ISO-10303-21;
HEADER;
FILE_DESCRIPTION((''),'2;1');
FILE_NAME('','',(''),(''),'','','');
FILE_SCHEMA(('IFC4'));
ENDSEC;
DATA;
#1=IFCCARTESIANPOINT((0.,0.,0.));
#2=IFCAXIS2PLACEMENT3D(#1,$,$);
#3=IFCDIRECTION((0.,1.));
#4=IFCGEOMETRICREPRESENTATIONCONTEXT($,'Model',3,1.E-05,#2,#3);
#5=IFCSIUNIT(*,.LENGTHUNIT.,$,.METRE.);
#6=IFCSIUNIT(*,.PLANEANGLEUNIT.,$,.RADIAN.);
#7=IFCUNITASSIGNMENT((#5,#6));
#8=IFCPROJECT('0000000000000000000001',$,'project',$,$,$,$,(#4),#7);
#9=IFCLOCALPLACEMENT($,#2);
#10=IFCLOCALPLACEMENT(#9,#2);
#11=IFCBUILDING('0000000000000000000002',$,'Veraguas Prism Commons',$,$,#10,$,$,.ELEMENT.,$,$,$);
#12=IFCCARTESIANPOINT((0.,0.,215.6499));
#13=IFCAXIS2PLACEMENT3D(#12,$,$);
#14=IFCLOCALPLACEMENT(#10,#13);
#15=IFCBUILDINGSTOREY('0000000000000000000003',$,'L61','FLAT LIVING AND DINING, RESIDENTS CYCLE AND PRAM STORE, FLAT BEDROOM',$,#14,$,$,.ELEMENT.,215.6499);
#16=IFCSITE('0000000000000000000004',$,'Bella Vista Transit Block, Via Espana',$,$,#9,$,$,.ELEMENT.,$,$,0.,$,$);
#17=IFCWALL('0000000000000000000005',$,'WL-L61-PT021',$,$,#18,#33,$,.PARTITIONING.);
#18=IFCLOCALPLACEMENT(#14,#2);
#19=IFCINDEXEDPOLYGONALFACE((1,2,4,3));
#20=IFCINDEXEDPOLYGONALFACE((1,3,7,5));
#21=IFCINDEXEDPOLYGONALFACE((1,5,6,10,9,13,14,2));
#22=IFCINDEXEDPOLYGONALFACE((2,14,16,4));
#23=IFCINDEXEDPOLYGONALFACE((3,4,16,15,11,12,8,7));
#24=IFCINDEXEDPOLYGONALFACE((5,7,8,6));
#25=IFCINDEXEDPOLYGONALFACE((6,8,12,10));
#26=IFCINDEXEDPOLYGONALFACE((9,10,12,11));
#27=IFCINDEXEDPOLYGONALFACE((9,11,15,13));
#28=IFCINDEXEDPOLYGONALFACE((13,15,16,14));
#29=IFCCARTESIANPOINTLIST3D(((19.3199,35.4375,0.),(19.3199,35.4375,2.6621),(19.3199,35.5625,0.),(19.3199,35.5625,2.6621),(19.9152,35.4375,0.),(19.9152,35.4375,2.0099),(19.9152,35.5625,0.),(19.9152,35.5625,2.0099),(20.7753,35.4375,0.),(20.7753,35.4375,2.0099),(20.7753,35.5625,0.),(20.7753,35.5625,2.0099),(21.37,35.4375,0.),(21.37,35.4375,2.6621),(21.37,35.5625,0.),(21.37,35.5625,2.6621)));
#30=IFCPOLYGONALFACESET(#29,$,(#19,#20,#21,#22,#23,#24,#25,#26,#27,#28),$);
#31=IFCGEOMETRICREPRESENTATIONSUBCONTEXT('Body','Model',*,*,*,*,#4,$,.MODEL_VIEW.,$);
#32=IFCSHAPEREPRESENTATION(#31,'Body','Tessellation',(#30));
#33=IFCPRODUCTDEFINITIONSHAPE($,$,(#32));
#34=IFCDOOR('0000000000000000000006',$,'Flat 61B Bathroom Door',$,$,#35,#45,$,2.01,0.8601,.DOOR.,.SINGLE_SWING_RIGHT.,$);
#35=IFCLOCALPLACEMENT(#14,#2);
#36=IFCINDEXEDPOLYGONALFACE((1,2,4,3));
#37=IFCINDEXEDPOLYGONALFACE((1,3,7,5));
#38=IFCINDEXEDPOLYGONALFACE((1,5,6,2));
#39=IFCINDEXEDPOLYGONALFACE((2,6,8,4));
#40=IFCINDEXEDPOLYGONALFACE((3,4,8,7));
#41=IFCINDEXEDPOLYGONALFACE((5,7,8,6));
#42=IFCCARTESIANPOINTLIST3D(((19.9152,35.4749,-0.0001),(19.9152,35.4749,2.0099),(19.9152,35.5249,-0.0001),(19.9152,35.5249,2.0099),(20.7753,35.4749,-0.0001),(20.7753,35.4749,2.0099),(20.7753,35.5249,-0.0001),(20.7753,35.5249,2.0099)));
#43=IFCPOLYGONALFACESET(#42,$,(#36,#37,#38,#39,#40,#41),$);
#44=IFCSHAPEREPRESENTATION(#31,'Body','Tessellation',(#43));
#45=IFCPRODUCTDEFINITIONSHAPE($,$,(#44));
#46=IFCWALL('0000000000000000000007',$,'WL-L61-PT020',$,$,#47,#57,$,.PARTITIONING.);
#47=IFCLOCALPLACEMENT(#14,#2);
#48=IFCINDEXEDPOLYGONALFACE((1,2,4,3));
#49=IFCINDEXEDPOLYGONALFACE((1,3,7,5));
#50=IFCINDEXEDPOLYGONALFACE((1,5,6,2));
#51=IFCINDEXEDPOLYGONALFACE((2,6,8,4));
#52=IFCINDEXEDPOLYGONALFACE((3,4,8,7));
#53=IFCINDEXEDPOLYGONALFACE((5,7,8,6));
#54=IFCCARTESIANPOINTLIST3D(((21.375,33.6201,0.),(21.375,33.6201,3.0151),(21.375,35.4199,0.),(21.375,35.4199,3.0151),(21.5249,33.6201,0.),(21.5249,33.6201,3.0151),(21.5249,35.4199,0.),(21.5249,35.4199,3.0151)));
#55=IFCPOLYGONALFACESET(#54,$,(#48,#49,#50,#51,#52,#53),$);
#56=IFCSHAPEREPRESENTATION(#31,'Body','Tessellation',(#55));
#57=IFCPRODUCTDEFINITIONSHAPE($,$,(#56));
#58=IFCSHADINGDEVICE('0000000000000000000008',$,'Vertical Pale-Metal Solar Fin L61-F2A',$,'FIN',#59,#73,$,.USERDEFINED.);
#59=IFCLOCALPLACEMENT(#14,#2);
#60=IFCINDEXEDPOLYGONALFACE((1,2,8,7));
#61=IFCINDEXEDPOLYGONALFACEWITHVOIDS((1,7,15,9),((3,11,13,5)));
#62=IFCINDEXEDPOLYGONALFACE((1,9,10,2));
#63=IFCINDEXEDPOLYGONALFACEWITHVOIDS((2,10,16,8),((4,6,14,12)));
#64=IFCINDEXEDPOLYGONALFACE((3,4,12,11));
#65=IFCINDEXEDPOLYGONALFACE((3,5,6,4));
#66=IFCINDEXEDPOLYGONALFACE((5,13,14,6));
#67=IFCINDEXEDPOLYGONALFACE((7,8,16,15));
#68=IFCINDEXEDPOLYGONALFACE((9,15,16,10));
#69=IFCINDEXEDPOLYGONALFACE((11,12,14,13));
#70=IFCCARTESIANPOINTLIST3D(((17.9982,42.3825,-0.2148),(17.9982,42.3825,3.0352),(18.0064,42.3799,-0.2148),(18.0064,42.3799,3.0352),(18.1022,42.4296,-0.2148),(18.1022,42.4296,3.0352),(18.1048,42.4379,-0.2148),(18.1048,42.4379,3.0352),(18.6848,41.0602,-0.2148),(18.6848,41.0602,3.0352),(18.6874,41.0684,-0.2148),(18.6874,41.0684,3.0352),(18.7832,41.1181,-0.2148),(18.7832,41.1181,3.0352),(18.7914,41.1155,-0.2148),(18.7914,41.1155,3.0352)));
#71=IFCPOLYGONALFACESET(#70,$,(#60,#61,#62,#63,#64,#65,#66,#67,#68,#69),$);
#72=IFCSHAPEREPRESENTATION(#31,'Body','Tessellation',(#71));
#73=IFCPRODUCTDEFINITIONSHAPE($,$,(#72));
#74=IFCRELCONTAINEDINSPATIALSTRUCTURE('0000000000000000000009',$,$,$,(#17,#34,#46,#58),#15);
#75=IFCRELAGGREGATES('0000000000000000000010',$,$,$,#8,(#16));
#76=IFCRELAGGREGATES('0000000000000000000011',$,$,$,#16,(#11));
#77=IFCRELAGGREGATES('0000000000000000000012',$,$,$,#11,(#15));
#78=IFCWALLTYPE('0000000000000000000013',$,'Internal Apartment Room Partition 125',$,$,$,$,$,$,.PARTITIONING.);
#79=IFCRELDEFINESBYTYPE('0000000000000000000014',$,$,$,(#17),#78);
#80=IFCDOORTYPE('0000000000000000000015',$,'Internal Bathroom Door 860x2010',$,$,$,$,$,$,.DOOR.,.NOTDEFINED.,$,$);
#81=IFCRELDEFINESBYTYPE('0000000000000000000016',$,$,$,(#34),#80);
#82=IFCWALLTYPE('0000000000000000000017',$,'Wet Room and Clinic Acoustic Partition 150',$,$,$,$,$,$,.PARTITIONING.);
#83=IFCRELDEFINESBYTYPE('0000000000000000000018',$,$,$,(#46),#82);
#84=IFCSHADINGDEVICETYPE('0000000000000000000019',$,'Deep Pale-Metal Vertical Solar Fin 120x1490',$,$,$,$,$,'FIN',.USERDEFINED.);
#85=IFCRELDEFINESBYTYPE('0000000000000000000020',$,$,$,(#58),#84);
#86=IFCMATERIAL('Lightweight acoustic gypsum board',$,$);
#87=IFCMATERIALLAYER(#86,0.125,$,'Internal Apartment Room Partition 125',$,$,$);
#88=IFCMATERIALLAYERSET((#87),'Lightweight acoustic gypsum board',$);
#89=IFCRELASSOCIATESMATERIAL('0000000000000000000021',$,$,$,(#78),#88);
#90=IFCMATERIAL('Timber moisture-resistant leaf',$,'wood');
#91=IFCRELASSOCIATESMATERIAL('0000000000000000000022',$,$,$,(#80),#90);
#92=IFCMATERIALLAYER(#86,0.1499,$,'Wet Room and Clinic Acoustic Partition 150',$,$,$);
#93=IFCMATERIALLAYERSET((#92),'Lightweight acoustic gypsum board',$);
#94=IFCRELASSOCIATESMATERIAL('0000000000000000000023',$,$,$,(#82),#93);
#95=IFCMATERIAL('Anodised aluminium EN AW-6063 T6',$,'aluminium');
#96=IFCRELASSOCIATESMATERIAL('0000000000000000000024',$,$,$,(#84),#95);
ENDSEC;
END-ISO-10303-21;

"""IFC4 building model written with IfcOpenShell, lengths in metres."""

from ifc_helpers import new_model, si_unit, direction, frame, frame_2d, origin, origin_2d, place, context, subcontext, project, spatial, rectangle, hollow_rectangle, extrude, source, transform, mapped, material, layer, layer_set, material_profile, profile_set, type_object, element, fill, save


model = new_model("IFC4")

# Units and contexts
model_context = context("Model", 3, precision=1e-05, world=origin(), true_north=direction((0.0, 1.0)))
body_context = subcontext(model_context, "Body", "Model", "MODEL_VIEW")
ifc_project = project(units=[si_unit("LENGTHUNIT", "METRE"), si_unit("PLANEANGLEUNIT", "RADIAN")], contexts=[model_context])

# Site, building, storey
site_placement = place(None, origin())
site = spatial("IfcSite", under=ifc_project, at=site_placement, Name="Bella Vista Transit Block, Via Espana", CompositionType="ELEMENT", RefElevation=0.0)
building_placement = place(site_placement, origin())
building = spatial("IfcBuilding", under=site, at=building_placement, Name="Veraguas Prism Commons", CompositionType="ELEMENT")
storey_placement = place(building_placement, frame((0.0, 0.0, 215.6499)))
storey = spatial("IfcBuildingStorey", under=building, at=storey_placement, Name="L61", Description="FLAT LIVING AND DINING, RESIDENTS CYCLE AND PRAM STORE, FLAT BEDROOM", CompositionType="ELEMENT", Elevation=215.6499)

# Shared definitions
ifc_material_1 = material(Name="Anodised aluminium EN AW-6063 T6", Category="aluminium")

# Wall, opening, door
ifc_material_2 = material(Name="Lightweight acoustic gypsum board")
ifc_layer_1 = layer(ifc_material_2, 0.125, Name="Internal Apartment Room Partition 125")
ifc_layer_set_1 = layer_set([ifc_layer_1], Name="Lightweight acoustic gypsum board")
wall_type_1 = type_object("IfcWallType", Name="Internal Apartment Room Partition 125", PredefinedType="PARTITIONING", material=ifc_layer_set_1)
wall_1_placement = place(storey_placement, frame((19.3201, 35.5, 0.0), z_axis=(0.0, 0.0, 1.0), x_axis=(1.0, 0.0, 0.0)))
wall_1 = element("IfcWall", 1, at=wall_1_placement, inside=storey, type_object=wall_type_1, Name="WL-L61-PT021", PredefinedType="PARTITIONING", context=body_context, shape_type="SweptSolid", body=[
    extrude(rectangle(XDim=2.05, YDim=0.125, at=frame_2d((1.0249, 0.0))), origin(), (0.0, 0.0, 1.0), 2.6621),
])
opening_1_placement = place(wall_1_placement, frame((0.595, 0.0, 0.0)))
opening_1 = element("IfcOpeningElement", 2, at=opening_1_placement, cuts=wall_1, PredefinedType="OPENING", context=body_context, shape_type="SweptSolid", body=[
    extrude(rectangle(XDim=0.8601, YDim=2.01, at=frame_2d((0.4302, 1.0049))), frame((0.0, 0.0725, 0.0), z_axis=(0.0, -1.0, 0.0), x_axis=(1.0, 0.0, 0.0)), (0.0, 0.0, 1.0), 0.145),
])
ifc_material_3 = material(Name="Timber moisture-resistant leaf", Category="wood")
door_type_1 = type_object("IfcDoorType", Name="Internal Bathroom Door 860x2010", OperationType="NOTDEFINED", PredefinedType="DOOR", material=ifc_material_3)
shared_shape_1 = source(origin(), body_context, "Body", "SweptSolid", [
    extrude(rectangle(XDim=0.8601, YDim=2.01, at=frame_2d((0.4302, 1.0049))), frame((0.0, 0.0249, 0.0), z_axis=(0.0, -1.0, 0.0), x_axis=(1.0, 0.0, 0.0)), (0.0, 0.0, 1.0), 0.05),
])
door_1_placement = place(opening_1_placement, origin())
door_1 = element("IfcDoor", 3, at=door_1_placement, inside=storey, type_object=door_type_1, Name="Flat 61B Bathroom Door", OperationType="SINGLE_SWING_RIGHT", OverallHeight=2.01, OverallWidth=0.8601, PredefinedType="DOOR", context=body_context, shape_type="MappedRepresentation", body=[
    mapped(shared_shape_1, transform((0.0, 0.0, 0.0), scale=1.0)),
])
fill(opening_1, door_1)

# Wall
ifc_layer_2 = layer(ifc_material_2, 0.1499, Name="Wet Room and Clinic Acoustic Partition 150")
ifc_layer_set_2 = layer_set([ifc_layer_2], Name="Lightweight acoustic gypsum board")
wall_type_2 = type_object("IfcWallType", Name="Wet Room and Clinic Acoustic Partition 150", PredefinedType="PARTITIONING", material=ifc_layer_set_2)
wall_2_placement = place(storey_placement, frame((21.45, 33.6201, 0.0), z_axis=(0.0, 0.0, 1.0), x_axis=(0.0, 1.0, 0.0)))
element("IfcWall", 4, at=wall_2_placement, inside=storey, type_object=wall_type_2, Name="WL-L61-PT020", PredefinedType="PARTITIONING", context=body_context, shape_type="SweptSolid", body=[
    extrude(rectangle(XDim=1.7998, YDim=0.1499, at=frame_2d((0.8999, 0.0))), origin(), (0.0, 0.0, 1.0), 3.0151),
])

# Shading device
ifc_material_profile_1 = material_profile(ifc_material_1, hollow_rectangle(XDim=0.1201, YDim=1.49, WallThickness=0.0061, at=origin_2d()), Name="FIN120X1490X6")
ifc_profile_set_1 = profile_set([ifc_material_profile_1], Name="Anodised aluminium EN AW-6063 T6")
shading_device_type = type_object("IfcShadingDeviceType", Name="Deep Pale-Metal Vertical Solar Fin 120x1490", ElementType="FIN", PredefinedType="USERDEFINED", material=ifc_profile_set_1)
shading_device_placement = place(storey_placement, frame((18.3948, 41.749, -0.2148), z_axis=(0.0, 0.0, 1.0), x_axis=(-0.887495, -0.460818, 0.0)))
element("IfcShadingDevice", 5, at=shading_device_placement, inside=storey, type_object=shading_device_type, Name="Vertical Pale-Metal Solar Fin L61-F2A", ObjectType="FIN", PredefinedType="USERDEFINED", context=body_context, shape_type="SweptSolid", body=[
    extrude(hollow_rectangle(XDim=0.1201, YDim=1.49, WallThickness=0.0061, at=origin_2d()), origin(), (0.0, 0.0, 1.0), 3.25),
])

save(model, "model.ifc")
